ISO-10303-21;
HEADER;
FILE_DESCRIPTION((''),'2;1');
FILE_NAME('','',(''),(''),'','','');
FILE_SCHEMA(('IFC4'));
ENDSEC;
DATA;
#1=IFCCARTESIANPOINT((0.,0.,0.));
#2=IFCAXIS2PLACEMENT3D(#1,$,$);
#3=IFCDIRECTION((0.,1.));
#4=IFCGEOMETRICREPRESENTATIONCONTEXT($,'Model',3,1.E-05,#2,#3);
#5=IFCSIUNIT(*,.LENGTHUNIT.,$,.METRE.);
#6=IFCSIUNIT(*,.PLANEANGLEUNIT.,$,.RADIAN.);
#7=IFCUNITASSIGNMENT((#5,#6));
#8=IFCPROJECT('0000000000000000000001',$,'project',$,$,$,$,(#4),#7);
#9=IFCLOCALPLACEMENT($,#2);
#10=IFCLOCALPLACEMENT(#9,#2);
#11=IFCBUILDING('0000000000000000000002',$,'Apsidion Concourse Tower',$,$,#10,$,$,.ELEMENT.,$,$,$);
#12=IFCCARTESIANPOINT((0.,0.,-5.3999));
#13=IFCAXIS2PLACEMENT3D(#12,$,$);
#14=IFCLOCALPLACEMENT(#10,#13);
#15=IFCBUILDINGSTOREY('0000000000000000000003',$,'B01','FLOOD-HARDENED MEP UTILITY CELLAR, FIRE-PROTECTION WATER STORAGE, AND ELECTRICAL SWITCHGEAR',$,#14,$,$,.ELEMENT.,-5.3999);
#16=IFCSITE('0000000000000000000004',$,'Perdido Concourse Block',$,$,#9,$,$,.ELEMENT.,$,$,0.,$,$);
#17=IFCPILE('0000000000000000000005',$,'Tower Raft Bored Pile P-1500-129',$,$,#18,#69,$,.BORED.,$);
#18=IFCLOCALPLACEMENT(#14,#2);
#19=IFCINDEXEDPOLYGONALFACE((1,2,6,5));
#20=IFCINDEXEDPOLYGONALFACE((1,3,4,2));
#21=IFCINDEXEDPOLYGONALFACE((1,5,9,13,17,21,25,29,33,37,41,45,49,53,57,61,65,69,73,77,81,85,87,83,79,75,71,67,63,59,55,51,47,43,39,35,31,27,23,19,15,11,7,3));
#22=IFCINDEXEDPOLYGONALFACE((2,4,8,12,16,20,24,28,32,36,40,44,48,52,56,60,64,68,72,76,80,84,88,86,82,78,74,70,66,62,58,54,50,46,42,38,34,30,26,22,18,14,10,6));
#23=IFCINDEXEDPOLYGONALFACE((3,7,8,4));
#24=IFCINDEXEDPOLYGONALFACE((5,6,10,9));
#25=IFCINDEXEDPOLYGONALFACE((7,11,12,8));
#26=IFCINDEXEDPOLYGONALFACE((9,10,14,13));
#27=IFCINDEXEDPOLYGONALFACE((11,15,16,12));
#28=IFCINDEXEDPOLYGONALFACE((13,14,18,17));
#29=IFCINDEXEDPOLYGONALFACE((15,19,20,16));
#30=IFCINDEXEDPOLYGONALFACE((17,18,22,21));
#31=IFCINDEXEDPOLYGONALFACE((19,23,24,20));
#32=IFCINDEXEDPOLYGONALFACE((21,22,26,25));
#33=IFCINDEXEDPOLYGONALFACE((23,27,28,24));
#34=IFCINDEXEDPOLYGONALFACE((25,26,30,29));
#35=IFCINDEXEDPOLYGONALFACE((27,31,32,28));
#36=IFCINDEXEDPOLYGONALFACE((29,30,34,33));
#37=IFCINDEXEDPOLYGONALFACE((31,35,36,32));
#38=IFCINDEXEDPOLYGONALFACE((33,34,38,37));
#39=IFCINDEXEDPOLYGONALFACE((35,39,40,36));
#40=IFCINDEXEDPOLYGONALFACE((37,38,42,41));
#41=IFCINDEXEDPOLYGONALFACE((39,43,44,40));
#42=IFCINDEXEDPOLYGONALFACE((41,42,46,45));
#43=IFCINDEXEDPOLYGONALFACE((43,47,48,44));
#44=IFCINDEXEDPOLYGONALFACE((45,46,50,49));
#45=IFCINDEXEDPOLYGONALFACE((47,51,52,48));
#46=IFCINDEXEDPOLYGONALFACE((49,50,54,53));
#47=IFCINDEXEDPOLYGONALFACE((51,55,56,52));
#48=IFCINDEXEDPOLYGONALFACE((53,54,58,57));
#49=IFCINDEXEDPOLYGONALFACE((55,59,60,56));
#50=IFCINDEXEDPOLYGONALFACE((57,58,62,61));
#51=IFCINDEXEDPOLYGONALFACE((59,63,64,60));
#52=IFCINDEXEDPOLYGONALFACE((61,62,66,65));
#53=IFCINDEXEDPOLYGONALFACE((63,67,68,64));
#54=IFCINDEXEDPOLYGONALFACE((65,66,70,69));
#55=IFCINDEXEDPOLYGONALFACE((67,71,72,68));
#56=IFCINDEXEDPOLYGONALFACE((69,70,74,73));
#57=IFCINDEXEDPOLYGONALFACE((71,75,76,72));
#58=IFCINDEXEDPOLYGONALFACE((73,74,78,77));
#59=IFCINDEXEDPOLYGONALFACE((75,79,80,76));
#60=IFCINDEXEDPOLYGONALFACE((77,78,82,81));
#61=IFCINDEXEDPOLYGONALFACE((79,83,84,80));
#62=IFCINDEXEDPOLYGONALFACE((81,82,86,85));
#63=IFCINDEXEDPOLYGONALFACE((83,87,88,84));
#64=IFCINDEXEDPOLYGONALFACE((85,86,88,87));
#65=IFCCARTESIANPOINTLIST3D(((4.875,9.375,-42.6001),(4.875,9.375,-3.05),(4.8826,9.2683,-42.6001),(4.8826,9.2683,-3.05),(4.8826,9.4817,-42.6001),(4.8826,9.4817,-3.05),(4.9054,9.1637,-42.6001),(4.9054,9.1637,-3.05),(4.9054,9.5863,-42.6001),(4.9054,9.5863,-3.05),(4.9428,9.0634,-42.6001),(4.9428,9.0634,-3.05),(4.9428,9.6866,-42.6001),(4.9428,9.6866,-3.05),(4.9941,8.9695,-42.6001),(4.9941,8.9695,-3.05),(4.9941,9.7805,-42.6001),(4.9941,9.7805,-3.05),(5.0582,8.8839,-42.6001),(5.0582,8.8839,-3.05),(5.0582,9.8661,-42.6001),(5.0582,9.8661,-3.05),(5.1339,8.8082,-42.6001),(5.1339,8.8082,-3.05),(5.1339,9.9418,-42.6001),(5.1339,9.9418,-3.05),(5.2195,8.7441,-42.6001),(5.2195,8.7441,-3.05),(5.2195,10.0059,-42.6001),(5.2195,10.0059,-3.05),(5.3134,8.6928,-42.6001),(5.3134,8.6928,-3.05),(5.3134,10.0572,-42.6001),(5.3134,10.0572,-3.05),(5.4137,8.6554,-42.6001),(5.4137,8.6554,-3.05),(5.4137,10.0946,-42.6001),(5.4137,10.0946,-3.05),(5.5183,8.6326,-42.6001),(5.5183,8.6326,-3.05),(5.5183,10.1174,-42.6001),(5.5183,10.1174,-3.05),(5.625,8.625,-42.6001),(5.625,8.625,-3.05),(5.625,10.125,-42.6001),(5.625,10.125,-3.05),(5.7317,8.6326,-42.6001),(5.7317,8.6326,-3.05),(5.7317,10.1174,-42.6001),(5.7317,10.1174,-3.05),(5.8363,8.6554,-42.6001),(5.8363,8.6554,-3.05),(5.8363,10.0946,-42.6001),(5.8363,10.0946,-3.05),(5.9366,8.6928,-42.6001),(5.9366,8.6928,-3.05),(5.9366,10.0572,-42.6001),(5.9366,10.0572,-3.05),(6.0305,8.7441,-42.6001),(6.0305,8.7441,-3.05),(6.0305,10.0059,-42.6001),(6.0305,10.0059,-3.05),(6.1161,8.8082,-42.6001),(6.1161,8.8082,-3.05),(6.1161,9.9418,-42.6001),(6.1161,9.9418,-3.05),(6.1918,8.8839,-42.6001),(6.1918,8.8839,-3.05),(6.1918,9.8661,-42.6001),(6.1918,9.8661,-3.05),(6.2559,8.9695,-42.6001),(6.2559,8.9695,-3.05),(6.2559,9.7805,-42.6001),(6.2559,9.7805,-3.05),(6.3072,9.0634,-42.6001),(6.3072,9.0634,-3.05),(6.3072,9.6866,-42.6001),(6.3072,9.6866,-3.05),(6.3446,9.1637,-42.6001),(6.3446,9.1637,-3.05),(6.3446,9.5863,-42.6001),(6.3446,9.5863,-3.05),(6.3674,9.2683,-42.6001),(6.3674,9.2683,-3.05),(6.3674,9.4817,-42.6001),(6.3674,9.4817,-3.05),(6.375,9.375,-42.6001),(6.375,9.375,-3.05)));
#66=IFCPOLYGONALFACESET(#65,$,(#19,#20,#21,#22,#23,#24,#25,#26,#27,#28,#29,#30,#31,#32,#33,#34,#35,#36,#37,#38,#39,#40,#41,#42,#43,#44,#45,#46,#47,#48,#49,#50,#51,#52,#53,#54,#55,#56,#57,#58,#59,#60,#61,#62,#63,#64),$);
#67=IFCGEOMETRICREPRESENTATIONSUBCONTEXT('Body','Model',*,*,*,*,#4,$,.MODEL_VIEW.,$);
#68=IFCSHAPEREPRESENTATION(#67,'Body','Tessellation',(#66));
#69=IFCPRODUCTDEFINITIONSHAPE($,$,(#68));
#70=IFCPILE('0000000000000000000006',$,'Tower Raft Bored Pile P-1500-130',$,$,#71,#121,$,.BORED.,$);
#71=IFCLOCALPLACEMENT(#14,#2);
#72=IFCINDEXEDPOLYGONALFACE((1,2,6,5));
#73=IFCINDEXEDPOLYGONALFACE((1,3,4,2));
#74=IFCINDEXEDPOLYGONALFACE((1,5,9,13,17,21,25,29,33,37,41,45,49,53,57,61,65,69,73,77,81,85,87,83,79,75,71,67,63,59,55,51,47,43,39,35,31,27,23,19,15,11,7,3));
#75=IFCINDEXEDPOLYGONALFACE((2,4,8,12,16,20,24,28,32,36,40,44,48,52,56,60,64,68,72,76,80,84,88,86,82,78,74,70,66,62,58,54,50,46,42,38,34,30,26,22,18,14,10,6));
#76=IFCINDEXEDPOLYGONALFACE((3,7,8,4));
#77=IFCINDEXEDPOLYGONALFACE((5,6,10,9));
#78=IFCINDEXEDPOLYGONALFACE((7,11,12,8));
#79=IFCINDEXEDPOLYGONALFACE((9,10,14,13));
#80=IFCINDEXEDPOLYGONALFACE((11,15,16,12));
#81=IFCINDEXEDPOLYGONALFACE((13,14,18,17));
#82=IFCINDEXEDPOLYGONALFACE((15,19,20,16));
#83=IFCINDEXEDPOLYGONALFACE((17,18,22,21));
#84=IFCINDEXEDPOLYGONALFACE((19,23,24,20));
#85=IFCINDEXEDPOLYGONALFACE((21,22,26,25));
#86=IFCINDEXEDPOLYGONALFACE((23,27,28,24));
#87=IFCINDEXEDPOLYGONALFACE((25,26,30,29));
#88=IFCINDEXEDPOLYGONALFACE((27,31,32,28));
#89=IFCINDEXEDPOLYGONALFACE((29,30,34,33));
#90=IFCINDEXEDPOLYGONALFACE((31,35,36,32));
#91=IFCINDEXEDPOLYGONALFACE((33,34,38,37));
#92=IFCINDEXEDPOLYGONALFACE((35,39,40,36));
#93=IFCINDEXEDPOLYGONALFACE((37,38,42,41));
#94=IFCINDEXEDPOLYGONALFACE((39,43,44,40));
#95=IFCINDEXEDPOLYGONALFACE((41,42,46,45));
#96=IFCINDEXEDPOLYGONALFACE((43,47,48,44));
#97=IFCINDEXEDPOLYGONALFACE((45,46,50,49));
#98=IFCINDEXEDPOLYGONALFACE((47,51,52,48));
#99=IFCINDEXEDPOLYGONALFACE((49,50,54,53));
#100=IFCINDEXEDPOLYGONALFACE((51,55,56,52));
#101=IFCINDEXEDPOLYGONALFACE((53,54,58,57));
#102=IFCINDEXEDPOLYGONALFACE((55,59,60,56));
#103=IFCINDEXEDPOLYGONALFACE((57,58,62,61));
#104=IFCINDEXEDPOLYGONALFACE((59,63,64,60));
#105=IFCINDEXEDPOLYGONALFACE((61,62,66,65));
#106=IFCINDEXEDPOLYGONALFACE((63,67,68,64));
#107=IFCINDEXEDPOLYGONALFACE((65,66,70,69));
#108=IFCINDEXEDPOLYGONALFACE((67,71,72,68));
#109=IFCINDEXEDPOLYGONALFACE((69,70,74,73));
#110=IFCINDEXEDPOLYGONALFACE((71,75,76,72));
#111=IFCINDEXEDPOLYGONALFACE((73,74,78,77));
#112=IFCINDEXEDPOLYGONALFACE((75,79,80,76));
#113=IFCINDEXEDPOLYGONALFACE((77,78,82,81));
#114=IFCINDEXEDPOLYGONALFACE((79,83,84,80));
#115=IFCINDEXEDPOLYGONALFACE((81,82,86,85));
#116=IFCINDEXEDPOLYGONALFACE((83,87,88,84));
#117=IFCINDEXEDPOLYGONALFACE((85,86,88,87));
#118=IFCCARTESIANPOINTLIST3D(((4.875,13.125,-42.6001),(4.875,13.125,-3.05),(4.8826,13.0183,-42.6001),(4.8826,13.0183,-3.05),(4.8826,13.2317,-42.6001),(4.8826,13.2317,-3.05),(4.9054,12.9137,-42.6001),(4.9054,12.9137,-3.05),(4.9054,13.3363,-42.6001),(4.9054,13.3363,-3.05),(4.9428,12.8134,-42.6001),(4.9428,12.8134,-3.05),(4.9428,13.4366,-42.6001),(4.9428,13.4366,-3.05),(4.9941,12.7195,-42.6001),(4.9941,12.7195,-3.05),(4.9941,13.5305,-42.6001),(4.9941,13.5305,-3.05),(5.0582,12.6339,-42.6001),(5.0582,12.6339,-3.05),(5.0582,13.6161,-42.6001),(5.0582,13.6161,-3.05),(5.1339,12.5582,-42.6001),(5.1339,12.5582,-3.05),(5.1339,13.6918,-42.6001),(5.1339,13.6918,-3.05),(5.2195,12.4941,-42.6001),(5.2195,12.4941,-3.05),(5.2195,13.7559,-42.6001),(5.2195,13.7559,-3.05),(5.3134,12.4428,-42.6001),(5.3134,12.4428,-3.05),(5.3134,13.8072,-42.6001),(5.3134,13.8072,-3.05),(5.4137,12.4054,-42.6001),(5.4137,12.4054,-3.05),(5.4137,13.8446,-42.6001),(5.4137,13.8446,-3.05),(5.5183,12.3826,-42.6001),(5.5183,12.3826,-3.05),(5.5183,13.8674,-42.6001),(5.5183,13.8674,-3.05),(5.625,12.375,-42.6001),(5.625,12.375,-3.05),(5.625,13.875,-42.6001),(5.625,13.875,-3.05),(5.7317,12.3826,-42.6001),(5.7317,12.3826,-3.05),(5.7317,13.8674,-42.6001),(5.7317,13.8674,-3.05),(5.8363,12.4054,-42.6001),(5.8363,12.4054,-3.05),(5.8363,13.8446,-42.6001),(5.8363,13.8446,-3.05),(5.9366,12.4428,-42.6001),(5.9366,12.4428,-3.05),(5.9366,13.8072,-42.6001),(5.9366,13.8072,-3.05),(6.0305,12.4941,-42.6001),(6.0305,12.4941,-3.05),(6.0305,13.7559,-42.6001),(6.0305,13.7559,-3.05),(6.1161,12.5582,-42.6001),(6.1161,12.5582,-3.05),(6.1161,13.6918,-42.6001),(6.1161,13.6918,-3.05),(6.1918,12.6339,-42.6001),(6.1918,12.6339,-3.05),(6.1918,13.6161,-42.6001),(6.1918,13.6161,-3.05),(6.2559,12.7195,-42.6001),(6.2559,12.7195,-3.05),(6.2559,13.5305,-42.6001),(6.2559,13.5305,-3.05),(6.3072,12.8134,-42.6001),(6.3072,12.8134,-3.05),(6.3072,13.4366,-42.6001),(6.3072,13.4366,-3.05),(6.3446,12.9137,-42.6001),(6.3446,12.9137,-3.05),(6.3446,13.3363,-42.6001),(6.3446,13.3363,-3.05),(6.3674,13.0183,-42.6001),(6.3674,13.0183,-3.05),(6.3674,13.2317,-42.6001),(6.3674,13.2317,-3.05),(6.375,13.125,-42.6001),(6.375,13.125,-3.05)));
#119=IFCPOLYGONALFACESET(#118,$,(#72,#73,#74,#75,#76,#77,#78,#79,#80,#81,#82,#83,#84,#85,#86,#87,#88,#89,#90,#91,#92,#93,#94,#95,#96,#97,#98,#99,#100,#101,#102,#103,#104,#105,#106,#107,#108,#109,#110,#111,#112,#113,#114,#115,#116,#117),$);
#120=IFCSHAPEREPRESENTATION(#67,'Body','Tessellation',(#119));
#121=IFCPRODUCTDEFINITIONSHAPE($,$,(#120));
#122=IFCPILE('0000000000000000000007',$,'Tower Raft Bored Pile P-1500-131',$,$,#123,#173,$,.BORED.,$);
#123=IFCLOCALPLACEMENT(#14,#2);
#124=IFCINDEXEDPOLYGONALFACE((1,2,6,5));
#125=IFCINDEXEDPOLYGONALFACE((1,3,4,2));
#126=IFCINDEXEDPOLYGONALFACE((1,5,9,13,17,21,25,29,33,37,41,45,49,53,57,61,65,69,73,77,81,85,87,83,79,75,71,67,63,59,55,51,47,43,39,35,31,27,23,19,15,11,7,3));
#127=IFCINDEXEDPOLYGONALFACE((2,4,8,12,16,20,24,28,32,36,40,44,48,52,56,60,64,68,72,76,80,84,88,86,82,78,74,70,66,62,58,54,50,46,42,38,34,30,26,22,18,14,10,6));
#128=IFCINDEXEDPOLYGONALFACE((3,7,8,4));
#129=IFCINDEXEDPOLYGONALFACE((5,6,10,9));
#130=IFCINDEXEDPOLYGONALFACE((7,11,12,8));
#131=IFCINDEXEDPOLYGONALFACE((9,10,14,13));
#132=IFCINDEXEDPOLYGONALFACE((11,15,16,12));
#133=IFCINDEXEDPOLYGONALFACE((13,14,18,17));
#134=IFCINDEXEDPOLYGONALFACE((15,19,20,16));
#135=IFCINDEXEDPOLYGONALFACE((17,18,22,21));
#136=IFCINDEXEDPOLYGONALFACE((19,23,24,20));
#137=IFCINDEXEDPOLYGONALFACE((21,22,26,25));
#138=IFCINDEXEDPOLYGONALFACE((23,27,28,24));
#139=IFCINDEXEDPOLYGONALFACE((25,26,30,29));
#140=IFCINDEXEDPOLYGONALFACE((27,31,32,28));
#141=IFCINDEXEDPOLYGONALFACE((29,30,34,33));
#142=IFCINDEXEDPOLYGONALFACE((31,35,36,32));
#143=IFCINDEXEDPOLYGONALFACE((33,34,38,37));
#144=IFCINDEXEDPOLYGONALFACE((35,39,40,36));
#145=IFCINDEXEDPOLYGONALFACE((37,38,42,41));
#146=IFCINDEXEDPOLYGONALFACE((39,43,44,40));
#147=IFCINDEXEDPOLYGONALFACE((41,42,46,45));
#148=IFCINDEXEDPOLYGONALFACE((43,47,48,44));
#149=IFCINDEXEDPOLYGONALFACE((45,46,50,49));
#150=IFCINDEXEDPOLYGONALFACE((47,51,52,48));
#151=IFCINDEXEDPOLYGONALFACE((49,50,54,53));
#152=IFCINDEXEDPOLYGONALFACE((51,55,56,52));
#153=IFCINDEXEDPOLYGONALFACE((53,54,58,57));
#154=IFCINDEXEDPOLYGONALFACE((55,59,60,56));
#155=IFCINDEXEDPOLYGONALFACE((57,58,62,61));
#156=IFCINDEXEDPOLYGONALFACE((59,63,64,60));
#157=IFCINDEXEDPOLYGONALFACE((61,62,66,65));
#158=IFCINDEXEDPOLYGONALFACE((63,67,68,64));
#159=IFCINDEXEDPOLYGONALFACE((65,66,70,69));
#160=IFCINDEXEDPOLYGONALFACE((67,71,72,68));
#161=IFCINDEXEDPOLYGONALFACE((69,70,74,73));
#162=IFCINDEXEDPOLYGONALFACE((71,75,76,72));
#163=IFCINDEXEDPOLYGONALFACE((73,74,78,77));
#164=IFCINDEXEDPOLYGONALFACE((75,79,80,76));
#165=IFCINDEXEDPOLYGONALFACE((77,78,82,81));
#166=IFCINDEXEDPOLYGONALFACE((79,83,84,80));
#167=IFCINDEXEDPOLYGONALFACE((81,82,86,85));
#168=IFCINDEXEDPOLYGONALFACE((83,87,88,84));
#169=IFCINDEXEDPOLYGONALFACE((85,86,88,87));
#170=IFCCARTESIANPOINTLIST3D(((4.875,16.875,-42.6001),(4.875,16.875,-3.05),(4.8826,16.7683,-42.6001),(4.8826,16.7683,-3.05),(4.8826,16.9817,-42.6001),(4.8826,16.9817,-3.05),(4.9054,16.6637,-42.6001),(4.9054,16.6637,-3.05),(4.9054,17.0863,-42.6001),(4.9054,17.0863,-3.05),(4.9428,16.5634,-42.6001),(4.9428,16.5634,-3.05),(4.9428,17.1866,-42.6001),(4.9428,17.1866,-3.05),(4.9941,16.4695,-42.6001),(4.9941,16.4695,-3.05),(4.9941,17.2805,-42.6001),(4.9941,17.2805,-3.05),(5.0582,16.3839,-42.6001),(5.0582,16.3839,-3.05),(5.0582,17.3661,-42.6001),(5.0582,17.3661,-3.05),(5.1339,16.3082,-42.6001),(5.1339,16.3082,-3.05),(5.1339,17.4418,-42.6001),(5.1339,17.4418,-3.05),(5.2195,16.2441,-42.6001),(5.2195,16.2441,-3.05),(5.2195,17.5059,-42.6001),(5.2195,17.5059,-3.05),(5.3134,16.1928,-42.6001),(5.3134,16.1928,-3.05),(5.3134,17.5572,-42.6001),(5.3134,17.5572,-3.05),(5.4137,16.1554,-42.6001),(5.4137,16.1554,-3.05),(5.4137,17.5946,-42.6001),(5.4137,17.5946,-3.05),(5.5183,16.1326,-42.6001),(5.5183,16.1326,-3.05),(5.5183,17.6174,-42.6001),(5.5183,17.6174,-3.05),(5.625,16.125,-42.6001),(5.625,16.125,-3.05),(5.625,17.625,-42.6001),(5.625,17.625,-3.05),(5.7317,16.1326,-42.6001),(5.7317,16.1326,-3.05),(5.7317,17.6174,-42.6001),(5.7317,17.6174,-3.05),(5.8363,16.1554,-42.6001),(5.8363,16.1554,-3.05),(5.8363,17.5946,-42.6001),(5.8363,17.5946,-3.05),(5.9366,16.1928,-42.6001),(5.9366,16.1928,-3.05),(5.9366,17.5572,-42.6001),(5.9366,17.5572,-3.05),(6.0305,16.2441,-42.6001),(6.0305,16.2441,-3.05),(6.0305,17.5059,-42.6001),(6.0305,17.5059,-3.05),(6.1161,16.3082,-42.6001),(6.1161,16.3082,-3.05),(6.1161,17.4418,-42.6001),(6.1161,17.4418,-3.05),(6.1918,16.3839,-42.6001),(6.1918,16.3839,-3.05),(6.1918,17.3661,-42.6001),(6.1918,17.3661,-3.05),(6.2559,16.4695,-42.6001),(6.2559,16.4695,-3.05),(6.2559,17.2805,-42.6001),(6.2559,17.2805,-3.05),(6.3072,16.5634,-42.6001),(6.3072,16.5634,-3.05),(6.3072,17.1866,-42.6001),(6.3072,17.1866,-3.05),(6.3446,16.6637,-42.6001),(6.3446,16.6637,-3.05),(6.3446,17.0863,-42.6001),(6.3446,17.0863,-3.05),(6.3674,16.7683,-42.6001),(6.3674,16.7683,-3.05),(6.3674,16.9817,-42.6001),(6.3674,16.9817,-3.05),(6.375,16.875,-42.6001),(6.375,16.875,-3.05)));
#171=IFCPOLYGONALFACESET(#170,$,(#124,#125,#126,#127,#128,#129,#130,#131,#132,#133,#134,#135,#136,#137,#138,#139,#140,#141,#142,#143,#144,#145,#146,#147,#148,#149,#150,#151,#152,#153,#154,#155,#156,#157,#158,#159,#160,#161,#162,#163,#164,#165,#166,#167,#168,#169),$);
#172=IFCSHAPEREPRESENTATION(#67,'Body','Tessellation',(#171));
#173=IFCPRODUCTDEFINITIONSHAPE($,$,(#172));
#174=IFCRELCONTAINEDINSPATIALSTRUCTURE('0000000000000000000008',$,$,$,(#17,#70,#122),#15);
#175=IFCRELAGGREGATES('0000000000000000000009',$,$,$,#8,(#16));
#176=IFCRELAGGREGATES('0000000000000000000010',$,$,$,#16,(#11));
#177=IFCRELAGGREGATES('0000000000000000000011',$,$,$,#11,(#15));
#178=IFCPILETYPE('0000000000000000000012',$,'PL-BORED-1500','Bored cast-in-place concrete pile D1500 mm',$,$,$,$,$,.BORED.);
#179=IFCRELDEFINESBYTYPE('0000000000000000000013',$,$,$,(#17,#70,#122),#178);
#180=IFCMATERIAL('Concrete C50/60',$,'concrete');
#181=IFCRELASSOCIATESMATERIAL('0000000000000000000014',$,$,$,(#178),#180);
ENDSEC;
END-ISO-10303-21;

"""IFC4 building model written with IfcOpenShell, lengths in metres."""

from ifc_helpers import new_model, si_unit, direction, frame, origin, origin_2d, place, context, subcontext, project, spatial, circle, extrude, material, material_profile, profile_set, type_object, element, save


model = new_model("IFC4")

# Units and contexts
model_context = context("Model", 3, precision=1e-05, world=origin(), true_north=direction((0.0, 1.0)))
body_context = subcontext(model_context, "Body", "Model", "MODEL_VIEW")
ifc_project = project(units=[si_unit("LENGTHUNIT", "METRE"), si_unit("PLANEANGLEUNIT", "RADIAN")], contexts=[model_context])

# Site, building, storey
site_placement = place(None, origin())
site = spatial("IfcSite", under=ifc_project, at=site_placement, Name="Perdido Concourse Block", CompositionType="ELEMENT", RefElevation=0.0)
building_placement = place(site_placement, origin())
building = spatial("IfcBuilding", under=site, at=building_placement, Name="Apsidion Concourse Tower", CompositionType="ELEMENT")
storey_placement = place(building_placement, frame((0.0, 0.0, -5.3999)))
storey = spatial("IfcBuildingStorey", under=building, at=storey_placement, Name="B01", Description="FLOOD-HARDENED MEP UTILITY CELLAR, FIRE-PROTECTION WATER STORAGE, AND ELECTRICAL SWITCHGEAR", CompositionType="ELEMENT", Elevation=-5.3999)

# Shared definitions
ifc_material_1 = material(Name="Concrete C50/60", Category="concrete")

# Piles
ifc_material_profile_1 = material_profile(ifc_material_1, circle(Radius=0.75, at=origin_2d()), Name="BORED PILE D1500")
ifc_profile_set_1 = profile_set([ifc_material_profile_1], Name="Concrete C50/60")
pile_type_1 = type_object("IfcPileType", Name="PL-BORED-1500", Description="Bored cast-in-place concrete pile D1500 mm", PredefinedType="BORED", material=ifc_profile_set_1)
for number, where, z_axis, x_axis, name in (
    (1, (5.625, 9.375, -3.05), (0.0, 0.0, -1.0), (1.0, 0.0, 0.0), "Tower Raft Bored Pile P-1500-129"),
    (2, (5.625, 13.125, -3.05), (0.0, 0.0, -1.0), (1.0, 0.0, 0.0), "Tower Raft Bored Pile P-1500-130"),
    (3, (5.625, 16.875, -3.05), (0.0, 0.0, -1.0), (1.0, 0.0, 0.0), "Tower Raft Bored Pile P-1500-131"),
):
    element("IfcPile", number, at=place(storey_placement, frame(where, z_axis=z_axis, x_axis=x_axis)), inside=storey, type_object=pile_type_1, Name=name, PredefinedType="BORED", context=body_context, shape_type="SweptSolid", body=[
        extrude(circle(Radius=0.75, at=origin_2d()), origin(), (0.0, 0.0, 1.0), 39.55),
    ])

save(model, "model.ifc")
